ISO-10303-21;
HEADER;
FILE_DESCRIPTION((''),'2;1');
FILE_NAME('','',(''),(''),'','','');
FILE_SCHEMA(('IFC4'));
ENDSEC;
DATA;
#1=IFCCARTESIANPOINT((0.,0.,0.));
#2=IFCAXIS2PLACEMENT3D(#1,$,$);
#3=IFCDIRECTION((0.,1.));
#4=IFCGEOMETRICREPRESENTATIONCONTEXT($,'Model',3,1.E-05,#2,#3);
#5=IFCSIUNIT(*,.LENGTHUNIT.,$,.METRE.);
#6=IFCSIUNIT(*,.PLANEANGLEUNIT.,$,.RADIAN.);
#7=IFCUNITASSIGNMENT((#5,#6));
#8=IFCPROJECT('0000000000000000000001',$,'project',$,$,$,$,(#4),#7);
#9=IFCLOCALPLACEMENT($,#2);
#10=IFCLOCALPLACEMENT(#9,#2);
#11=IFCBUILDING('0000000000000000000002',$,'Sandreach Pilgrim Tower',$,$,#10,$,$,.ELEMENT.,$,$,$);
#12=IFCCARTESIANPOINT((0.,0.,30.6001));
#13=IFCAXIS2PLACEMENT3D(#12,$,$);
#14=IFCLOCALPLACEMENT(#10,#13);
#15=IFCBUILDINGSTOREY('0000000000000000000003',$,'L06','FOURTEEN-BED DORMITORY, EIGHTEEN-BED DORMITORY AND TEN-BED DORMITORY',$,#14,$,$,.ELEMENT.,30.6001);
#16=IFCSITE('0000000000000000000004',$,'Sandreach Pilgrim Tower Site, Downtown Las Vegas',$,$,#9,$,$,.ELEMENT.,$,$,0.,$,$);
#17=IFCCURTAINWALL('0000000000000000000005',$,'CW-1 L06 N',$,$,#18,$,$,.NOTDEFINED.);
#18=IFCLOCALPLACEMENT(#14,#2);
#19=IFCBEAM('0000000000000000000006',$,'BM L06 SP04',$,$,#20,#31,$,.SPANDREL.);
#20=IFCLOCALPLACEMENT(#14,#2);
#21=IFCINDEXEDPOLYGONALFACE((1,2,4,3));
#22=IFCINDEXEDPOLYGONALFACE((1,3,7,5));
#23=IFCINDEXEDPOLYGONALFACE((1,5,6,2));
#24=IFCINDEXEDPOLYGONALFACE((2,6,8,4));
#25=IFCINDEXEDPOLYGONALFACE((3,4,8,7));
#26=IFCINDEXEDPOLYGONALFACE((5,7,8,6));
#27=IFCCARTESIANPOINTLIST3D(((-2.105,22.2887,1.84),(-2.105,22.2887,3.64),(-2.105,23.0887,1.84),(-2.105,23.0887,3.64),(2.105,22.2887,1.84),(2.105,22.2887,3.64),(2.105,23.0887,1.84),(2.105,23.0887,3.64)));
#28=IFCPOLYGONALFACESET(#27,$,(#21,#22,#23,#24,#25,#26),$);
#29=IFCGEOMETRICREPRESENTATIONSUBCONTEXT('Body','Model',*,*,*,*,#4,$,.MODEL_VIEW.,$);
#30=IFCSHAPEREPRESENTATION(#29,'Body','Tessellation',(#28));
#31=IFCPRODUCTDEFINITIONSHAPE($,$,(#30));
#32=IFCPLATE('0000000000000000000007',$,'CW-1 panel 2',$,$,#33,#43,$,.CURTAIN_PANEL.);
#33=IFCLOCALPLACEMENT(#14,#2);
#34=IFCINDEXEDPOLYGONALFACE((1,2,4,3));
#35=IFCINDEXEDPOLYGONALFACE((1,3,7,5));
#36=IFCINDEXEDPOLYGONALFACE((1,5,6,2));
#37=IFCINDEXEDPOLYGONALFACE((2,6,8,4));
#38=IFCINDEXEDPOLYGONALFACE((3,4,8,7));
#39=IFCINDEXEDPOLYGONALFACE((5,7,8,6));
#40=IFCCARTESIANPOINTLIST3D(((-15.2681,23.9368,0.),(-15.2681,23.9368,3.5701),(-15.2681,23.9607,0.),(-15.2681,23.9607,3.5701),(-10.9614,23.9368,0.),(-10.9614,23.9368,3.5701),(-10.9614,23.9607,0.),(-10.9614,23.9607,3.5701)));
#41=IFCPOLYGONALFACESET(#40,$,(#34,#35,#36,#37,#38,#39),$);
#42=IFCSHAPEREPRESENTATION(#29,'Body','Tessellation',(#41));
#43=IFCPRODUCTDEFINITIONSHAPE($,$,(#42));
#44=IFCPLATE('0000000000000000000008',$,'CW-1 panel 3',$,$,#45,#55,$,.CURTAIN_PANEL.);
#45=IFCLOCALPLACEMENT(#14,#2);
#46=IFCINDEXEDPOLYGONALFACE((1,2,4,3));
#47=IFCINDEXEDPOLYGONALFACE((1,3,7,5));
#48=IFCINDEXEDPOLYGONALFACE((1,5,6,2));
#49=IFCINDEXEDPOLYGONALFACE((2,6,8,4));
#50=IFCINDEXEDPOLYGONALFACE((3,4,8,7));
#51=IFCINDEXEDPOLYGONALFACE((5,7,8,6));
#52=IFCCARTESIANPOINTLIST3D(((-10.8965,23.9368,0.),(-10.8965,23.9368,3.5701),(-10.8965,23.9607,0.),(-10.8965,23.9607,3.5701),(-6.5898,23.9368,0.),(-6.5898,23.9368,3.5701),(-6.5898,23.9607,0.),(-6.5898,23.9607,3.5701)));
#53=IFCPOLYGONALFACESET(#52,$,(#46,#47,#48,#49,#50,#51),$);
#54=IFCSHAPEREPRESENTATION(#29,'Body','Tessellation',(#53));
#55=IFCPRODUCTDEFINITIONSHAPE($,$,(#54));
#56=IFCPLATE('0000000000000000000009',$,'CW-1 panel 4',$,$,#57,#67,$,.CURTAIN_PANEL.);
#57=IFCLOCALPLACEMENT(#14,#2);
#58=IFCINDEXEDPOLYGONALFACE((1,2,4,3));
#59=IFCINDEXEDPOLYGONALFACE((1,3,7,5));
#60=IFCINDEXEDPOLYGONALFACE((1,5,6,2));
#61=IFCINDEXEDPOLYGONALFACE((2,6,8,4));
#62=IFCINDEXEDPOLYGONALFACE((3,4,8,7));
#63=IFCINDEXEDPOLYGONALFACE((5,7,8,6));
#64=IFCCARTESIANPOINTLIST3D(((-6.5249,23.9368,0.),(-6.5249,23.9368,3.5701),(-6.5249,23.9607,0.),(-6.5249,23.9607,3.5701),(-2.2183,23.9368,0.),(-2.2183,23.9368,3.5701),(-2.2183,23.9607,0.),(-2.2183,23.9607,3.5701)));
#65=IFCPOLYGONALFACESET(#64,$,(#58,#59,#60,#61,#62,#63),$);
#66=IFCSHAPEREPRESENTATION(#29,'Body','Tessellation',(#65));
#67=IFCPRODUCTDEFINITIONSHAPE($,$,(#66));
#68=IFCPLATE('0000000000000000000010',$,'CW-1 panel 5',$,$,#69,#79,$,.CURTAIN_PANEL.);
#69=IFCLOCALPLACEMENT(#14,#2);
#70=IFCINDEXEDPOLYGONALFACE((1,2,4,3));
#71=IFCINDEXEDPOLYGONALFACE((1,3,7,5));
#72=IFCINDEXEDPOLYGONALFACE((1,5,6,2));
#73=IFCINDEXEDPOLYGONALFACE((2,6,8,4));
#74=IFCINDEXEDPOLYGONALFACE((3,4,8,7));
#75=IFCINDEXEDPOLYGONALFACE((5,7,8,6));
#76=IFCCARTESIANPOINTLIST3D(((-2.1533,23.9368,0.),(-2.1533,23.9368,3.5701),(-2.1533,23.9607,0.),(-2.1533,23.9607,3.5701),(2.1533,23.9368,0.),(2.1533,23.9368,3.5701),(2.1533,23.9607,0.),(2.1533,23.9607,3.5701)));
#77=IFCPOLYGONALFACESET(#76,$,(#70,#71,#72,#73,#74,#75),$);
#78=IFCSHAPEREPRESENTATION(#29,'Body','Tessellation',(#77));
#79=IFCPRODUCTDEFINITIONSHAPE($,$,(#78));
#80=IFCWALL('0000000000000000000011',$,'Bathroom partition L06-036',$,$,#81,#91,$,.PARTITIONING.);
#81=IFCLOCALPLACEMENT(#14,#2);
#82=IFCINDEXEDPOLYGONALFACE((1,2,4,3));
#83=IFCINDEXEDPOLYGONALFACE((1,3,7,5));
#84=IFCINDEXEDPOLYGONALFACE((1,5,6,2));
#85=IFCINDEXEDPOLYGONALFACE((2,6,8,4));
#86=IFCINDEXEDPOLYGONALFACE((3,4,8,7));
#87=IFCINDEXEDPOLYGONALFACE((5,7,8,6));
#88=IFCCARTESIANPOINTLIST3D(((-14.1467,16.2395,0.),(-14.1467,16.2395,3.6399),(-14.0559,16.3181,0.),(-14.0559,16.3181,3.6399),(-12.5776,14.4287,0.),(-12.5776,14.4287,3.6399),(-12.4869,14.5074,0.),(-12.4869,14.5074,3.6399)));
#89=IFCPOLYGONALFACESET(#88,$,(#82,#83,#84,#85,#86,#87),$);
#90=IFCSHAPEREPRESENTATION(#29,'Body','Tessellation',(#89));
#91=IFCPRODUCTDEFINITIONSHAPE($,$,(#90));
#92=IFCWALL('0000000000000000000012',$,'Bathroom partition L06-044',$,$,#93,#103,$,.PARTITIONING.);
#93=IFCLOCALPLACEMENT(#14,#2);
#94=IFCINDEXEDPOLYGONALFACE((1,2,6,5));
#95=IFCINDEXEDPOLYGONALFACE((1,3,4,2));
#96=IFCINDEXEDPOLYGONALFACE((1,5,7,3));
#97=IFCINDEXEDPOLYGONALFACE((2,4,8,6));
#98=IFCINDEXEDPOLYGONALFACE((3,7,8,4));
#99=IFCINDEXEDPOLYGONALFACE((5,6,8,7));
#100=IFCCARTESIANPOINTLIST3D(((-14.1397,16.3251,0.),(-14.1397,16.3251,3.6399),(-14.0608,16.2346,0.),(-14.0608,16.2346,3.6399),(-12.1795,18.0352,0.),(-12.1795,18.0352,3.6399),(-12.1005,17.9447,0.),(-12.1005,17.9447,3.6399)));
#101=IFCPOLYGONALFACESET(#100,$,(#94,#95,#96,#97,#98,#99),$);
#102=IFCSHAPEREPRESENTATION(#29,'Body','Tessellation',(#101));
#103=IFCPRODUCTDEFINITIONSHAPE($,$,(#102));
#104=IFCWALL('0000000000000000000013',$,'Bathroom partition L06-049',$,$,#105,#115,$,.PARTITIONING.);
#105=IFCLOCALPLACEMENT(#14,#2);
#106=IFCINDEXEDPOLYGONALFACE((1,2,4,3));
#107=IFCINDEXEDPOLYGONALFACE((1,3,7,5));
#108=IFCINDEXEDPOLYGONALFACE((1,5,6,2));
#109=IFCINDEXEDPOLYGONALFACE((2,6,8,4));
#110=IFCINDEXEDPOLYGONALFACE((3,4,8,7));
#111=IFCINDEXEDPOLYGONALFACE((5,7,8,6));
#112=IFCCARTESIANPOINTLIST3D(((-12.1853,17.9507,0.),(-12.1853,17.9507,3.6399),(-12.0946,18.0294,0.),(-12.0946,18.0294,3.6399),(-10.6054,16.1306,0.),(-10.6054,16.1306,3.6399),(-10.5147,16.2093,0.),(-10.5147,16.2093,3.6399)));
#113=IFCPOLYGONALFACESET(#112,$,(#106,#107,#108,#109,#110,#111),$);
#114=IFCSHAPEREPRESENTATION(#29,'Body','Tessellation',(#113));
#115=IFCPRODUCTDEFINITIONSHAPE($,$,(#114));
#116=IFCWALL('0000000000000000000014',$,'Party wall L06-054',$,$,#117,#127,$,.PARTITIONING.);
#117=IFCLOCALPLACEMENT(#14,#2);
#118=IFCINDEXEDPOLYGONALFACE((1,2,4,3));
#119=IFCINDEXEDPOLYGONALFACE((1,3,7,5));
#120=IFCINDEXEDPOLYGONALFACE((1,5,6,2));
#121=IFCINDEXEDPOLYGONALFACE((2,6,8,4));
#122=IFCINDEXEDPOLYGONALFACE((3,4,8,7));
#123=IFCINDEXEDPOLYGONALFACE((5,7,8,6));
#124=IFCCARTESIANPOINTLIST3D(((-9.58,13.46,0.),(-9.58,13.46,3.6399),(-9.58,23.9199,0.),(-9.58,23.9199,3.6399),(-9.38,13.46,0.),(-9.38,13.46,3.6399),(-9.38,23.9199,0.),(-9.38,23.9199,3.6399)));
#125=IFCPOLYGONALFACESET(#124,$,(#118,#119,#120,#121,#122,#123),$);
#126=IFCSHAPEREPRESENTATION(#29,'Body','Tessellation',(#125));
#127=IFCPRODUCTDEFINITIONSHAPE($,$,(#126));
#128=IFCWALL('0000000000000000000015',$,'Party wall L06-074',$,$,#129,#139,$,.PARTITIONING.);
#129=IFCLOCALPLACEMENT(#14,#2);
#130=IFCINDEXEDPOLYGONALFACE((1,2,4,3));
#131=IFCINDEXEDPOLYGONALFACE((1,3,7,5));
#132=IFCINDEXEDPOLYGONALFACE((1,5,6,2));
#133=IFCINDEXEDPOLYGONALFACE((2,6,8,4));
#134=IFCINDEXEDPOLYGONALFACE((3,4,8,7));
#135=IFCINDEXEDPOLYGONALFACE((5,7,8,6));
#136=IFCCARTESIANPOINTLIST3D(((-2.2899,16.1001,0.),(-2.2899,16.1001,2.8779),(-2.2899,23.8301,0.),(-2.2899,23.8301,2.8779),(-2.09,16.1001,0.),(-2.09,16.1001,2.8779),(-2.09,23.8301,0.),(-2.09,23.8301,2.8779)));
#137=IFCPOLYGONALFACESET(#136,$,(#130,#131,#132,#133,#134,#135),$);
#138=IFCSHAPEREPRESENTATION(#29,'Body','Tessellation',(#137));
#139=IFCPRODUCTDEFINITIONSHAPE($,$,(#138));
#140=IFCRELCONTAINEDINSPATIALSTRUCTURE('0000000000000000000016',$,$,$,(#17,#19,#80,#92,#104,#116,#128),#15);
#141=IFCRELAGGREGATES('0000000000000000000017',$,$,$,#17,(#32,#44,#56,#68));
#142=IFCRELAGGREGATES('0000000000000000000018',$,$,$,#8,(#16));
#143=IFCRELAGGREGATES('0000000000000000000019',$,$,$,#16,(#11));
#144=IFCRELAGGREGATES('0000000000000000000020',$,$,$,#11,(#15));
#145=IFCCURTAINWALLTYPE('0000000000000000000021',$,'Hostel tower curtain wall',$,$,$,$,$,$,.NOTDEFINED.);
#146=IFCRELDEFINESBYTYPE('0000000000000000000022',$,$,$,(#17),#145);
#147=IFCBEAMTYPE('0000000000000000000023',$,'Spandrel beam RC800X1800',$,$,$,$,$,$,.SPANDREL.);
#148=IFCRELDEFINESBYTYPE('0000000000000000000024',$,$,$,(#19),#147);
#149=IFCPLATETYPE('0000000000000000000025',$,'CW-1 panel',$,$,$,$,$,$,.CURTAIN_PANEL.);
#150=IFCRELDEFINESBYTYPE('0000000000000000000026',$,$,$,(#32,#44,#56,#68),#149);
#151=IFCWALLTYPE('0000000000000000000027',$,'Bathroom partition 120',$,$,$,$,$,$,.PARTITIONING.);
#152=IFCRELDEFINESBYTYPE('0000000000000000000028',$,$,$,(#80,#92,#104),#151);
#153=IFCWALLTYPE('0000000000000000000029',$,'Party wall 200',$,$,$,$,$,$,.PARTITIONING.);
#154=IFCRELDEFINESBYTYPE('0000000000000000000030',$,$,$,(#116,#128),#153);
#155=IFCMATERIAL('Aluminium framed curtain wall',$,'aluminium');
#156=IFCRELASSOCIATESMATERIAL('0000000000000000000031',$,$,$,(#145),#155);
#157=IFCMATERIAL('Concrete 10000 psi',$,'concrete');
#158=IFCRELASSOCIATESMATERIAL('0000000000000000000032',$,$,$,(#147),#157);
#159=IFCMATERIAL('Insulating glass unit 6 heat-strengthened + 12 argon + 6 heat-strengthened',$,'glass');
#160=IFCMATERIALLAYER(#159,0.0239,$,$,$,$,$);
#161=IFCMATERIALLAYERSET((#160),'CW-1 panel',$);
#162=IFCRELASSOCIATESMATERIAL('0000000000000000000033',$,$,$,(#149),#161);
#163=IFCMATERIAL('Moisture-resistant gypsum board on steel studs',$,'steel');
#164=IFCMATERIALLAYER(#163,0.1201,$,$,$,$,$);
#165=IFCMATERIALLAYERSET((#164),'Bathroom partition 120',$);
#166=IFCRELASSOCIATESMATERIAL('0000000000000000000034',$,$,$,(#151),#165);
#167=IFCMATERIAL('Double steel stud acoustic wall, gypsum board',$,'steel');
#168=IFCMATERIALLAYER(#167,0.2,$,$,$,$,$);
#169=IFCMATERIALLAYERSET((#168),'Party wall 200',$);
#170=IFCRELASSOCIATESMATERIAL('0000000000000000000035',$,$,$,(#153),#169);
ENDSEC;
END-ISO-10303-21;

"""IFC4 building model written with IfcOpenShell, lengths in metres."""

from ifc_helpers import new_model, si_unit, direction, frame, frame_2d, origin, origin_2d, place, context, subcontext, project, spatial, rectangle, extrude, material, layer, layer_set, material_profile, profile_set, type_object, element, aggregate, save


model = new_model("IFC4")

# Units and contexts
model_context = context("Model", 3, precision=1e-05, world=origin(), true_north=direction((0.0, 1.0)))
body_context = subcontext(model_context, "Body", "Model", "MODEL_VIEW")
ifc_project = project(units=[si_unit("LENGTHUNIT", "METRE"), si_unit("PLANEANGLEUNIT", "RADIAN")], contexts=[model_context])

# Site, building, storey
site_placement = place(None, origin())
site = spatial("IfcSite", under=ifc_project, at=site_placement, Name="Sandreach Pilgrim Tower Site, Downtown Las Vegas", CompositionType="ELEMENT", RefElevation=0.0)
building_placement = place(site_placement, origin())
building = spatial("IfcBuilding", under=site, at=building_placement, Name="Sandreach Pilgrim Tower", CompositionType="ELEMENT")
storey_placement = place(building_placement, frame((0.0, 0.0, 30.6001)))
storey = spatial("IfcBuildingStorey", under=building, at=storey_placement, Name="L06", Description="FOURTEEN-BED DORMITORY, EIGHTEEN-BED DORMITORY AND TEN-BED DORMITORY", CompositionType="ELEMENT", Elevation=30.6001)

# Curtain wall
ifc_material_1 = material(Name="Aluminium framed curtain wall", Category="aluminium")
curtain_wall_type = type_object("IfcCurtainWallType", Name="Hostel tower curtain wall", PredefinedType="NOTDEFINED", material=ifc_material_1)
curtain_wall_placement = place(storey_placement, origin())
curtain_wall = element("IfcCurtainWall", 1, at=curtain_wall_placement, inside=storey, type_object=curtain_wall_type, Name="CW-1 L06 N", PredefinedType="NOTDEFINED")

# Beam
ifc_material_2 = material(Name="Concrete 10000 psi", Category="concrete")
ifc_material_profile_1 = material_profile(ifc_material_2, rectangle(XDim=0.8, YDim=1.8, at=origin_2d()), Name="RC800X1800")
ifc_profile_set_1 = profile_set([ifc_material_profile_1], Name="Concrete 10000 psi")
beam_type_1 = type_object("IfcBeamType", Name="Spandrel beam RC800X1800", PredefinedType="SPANDREL", material=ifc_profile_set_1)
for number, where, z_axis, x_axis, name in (
    (2, (-2.105, 22.6887, 2.74), (1.0, 0.0, 0.0), (0.0, 1.0, 0.0), "BM L06 SP04"),
):
    element("IfcBeam", number, at=place(storey_placement, frame(where, z_axis=z_axis, x_axis=x_axis)), inside=storey, type_object=beam_type_1, Name=name, PredefinedType="SPANDREL", context=body_context, shape_type="SweptSolid", body=[
        extrude(rectangle(XDim=0.8, YDim=1.8, at=origin_2d()), origin(), (0.0, 0.0, 1.0), 4.21),
    ])

# Plates
ifc_material_3 = material(Name="Insulating glass unit 6 heat-strengthened + 12 argon + 6 heat-strengthened", Category="glass")
ifc_layer_1 = layer(ifc_material_3, 0.0239)
ifc_layer_set_1 = layer_set([ifc_layer_1], Name="CW-1 panel")
plate_type = type_object("IfcPlateType", Name="CW-1 panel", PredefinedType="CURTAIN_PANEL", material=ifc_layer_set_1)
plate_1_placement = place(storey_placement, frame((-13.1147, 23.9487, 0.0), z_axis=(0.0, 0.0, 1.0), x_axis=(1.0, 0.0, 0.0)))
plate_1 = element("IfcPlate", 3, at=plate_1_placement, type_object=plate_type, Name="CW-1 panel 2", PredefinedType="CURTAIN_PANEL", context=body_context, shape_type="SweptSolid", body=[
    extrude(rectangle(XDim=4.3066, YDim=0.0239, at=origin_2d()), origin(), (0.0, 0.0, 1.0), 3.5701),
])
plate_2_placement = place(storey_placement, frame((-8.7432, 23.9487, 0.0), z_axis=(0.0, 0.0, 1.0), x_axis=(1.0, 0.0, 0.0)))
plate_2 = element("IfcPlate", 4, at=plate_2_placement, type_object=plate_type, Name="CW-1 panel 3", PredefinedType="CURTAIN_PANEL", context=body_context, shape_type="SweptSolid", body=[
    extrude(rectangle(XDim=4.3066, YDim=0.0239, at=origin_2d()), origin(), (0.0, 0.0, 1.0), 3.5701),
])
plate_3_placement = place(storey_placement, frame((-4.3716, 23.9487, 0.0), z_axis=(0.0, 0.0, 1.0), x_axis=(1.0, 0.0, 0.0)))
plate_3 = element("IfcPlate", 5, at=plate_3_placement, type_object=plate_type, Name="CW-1 panel 4", PredefinedType="CURTAIN_PANEL", context=body_context, shape_type="SweptSolid", body=[
    extrude(rectangle(XDim=4.3066, YDim=0.0239, at=origin_2d()), origin(), (0.0, 0.0, 1.0), 3.5701),
])
plate_4_placement = place(storey_placement, frame((0.0, 23.9487, 0.0), z_axis=(0.0, 0.0, 1.0), x_axis=(1.0, 0.0, 0.0)))
plate_4 = element("IfcPlate", 6, at=plate_4_placement, type_object=plate_type, Name="CW-1 panel 5", PredefinedType="CURTAIN_PANEL", context=body_context, shape_type="SweptSolid", body=[
    extrude(rectangle(XDim=4.3066, YDim=0.0239, at=origin_2d()), origin(), (0.0, 0.0, 1.0), 3.5701),
])
aggregate(curtain_wall, [plate_1, plate_2, plate_3, plate_4])

# Walls
ifc_material_4 = material(Name="Moisture-resistant gypsum board on steel studs", Category="steel")
ifc_layer_2 = layer(ifc_material_4, 0.1201)
ifc_layer_set_2 = layer_set([ifc_layer_2], Name="Bathroom partition 120")
wall_type_1 = type_object("IfcWallType", Name="Bathroom partition 120", PredefinedType="PARTITIONING", material=ifc_layer_set_2)
wall_1_placement = place(storey_placement, frame((-14.1013, 16.2788, 0.0), z_axis=(0.0, 0.0, 1.0), x_axis=(0.654868, -0.755743, 0.0)))
element("IfcWall", 7, at=wall_1_placement, inside=storey, type_object=wall_type_1, Name="Bathroom partition L06-036", PredefinedType="PARTITIONING", context=body_context, shape_type="SweptSolid", body=[
    extrude(rectangle(XDim=2.396, YDim=0.1201, at=frame_2d((1.198, 0.0))), origin(), (0.0, 0.0, 1.0), 3.6399),
])
wall_2_placement = place(storey_placement, frame((-12.1399, 17.99, 0.0), z_axis=(0.0, 0.0, 1.0), x_axis=(-0.75357, -0.657368, 0.0)))
element("IfcWall", 8, at=wall_2_placement, inside=storey, type_object=wall_type_1, Name="Bathroom partition L06-044", PredefinedType="PARTITIONING", context=body_context, shape_type="SweptSolid", body=[
    extrude(rectangle(XDim=2.6013, YDim=0.1201, at=frame_2d((1.3008, 0.0))), origin(), (0.0, 0.0, 1.0), 3.6399),
])
wall_3_placement = place(storey_placement, frame((-10.5601, 16.1699, 0.0), z_axis=(0.0, 0.0, 1.0), x_axis=(-0.655509, 0.755188, 0.0)))
element("IfcWall", 9, at=wall_3_placement, inside=storey, type_object=wall_type_1, Name="Bathroom partition L06-049", PredefinedType="PARTITIONING", context=body_context, shape_type="SweptSolid", body=[
    extrude(rectangle(XDim=2.4102, YDim=0.1201, at=frame_2d((1.2051, 0.0))), origin(), (0.0, 0.0, 1.0), 3.6399),
])
ifc_material_5 = material(Name="Double steel stud acoustic wall, gypsum board", Category="steel")
ifc_layer_3 = layer(ifc_material_5, 0.2)
ifc_layer_set_3 = layer_set([ifc_layer_3], Name="Party wall 200")
wall_type_2 = type_object("IfcWallType", Name="Party wall 200", PredefinedType="PARTITIONING", material=ifc_layer_set_3)
wall_4_placement = place(storey_placement, frame((-9.48, 23.9199, 0.0), z_axis=(0.0, 0.0, 1.0), x_axis=(0.0, -1.0, 0.0)))
element("IfcWall", 10, at=wall_4_placement, inside=storey, type_object=wall_type_2, Name="Party wall L06-054", PredefinedType="PARTITIONING", context=body_context, shape_type="SweptSolid", body=[
    extrude(rectangle(XDim=10.46, YDim=0.2, at=frame_2d((5.23, 0.0))), origin(), (0.0, 0.0, 1.0), 3.6399),
])
wall_5_placement = place(storey_placement, frame((-2.1899, 23.8301, 0.0), z_axis=(0.0, 0.0, 1.0), x_axis=(0.0, -1.0, 0.0)))
element("IfcWall", 11, at=wall_5_placement, inside=storey, type_object=wall_type_2, Name="Party wall L06-074", PredefinedType="PARTITIONING", context=body_context, shape_type="SweptSolid", body=[
    extrude(rectangle(XDim=7.73, YDim=0.2, at=frame_2d((3.865, 0.0))), origin(), (0.0, 0.0, 1.0), 2.8779),
])

save(model, "model.ifc")
